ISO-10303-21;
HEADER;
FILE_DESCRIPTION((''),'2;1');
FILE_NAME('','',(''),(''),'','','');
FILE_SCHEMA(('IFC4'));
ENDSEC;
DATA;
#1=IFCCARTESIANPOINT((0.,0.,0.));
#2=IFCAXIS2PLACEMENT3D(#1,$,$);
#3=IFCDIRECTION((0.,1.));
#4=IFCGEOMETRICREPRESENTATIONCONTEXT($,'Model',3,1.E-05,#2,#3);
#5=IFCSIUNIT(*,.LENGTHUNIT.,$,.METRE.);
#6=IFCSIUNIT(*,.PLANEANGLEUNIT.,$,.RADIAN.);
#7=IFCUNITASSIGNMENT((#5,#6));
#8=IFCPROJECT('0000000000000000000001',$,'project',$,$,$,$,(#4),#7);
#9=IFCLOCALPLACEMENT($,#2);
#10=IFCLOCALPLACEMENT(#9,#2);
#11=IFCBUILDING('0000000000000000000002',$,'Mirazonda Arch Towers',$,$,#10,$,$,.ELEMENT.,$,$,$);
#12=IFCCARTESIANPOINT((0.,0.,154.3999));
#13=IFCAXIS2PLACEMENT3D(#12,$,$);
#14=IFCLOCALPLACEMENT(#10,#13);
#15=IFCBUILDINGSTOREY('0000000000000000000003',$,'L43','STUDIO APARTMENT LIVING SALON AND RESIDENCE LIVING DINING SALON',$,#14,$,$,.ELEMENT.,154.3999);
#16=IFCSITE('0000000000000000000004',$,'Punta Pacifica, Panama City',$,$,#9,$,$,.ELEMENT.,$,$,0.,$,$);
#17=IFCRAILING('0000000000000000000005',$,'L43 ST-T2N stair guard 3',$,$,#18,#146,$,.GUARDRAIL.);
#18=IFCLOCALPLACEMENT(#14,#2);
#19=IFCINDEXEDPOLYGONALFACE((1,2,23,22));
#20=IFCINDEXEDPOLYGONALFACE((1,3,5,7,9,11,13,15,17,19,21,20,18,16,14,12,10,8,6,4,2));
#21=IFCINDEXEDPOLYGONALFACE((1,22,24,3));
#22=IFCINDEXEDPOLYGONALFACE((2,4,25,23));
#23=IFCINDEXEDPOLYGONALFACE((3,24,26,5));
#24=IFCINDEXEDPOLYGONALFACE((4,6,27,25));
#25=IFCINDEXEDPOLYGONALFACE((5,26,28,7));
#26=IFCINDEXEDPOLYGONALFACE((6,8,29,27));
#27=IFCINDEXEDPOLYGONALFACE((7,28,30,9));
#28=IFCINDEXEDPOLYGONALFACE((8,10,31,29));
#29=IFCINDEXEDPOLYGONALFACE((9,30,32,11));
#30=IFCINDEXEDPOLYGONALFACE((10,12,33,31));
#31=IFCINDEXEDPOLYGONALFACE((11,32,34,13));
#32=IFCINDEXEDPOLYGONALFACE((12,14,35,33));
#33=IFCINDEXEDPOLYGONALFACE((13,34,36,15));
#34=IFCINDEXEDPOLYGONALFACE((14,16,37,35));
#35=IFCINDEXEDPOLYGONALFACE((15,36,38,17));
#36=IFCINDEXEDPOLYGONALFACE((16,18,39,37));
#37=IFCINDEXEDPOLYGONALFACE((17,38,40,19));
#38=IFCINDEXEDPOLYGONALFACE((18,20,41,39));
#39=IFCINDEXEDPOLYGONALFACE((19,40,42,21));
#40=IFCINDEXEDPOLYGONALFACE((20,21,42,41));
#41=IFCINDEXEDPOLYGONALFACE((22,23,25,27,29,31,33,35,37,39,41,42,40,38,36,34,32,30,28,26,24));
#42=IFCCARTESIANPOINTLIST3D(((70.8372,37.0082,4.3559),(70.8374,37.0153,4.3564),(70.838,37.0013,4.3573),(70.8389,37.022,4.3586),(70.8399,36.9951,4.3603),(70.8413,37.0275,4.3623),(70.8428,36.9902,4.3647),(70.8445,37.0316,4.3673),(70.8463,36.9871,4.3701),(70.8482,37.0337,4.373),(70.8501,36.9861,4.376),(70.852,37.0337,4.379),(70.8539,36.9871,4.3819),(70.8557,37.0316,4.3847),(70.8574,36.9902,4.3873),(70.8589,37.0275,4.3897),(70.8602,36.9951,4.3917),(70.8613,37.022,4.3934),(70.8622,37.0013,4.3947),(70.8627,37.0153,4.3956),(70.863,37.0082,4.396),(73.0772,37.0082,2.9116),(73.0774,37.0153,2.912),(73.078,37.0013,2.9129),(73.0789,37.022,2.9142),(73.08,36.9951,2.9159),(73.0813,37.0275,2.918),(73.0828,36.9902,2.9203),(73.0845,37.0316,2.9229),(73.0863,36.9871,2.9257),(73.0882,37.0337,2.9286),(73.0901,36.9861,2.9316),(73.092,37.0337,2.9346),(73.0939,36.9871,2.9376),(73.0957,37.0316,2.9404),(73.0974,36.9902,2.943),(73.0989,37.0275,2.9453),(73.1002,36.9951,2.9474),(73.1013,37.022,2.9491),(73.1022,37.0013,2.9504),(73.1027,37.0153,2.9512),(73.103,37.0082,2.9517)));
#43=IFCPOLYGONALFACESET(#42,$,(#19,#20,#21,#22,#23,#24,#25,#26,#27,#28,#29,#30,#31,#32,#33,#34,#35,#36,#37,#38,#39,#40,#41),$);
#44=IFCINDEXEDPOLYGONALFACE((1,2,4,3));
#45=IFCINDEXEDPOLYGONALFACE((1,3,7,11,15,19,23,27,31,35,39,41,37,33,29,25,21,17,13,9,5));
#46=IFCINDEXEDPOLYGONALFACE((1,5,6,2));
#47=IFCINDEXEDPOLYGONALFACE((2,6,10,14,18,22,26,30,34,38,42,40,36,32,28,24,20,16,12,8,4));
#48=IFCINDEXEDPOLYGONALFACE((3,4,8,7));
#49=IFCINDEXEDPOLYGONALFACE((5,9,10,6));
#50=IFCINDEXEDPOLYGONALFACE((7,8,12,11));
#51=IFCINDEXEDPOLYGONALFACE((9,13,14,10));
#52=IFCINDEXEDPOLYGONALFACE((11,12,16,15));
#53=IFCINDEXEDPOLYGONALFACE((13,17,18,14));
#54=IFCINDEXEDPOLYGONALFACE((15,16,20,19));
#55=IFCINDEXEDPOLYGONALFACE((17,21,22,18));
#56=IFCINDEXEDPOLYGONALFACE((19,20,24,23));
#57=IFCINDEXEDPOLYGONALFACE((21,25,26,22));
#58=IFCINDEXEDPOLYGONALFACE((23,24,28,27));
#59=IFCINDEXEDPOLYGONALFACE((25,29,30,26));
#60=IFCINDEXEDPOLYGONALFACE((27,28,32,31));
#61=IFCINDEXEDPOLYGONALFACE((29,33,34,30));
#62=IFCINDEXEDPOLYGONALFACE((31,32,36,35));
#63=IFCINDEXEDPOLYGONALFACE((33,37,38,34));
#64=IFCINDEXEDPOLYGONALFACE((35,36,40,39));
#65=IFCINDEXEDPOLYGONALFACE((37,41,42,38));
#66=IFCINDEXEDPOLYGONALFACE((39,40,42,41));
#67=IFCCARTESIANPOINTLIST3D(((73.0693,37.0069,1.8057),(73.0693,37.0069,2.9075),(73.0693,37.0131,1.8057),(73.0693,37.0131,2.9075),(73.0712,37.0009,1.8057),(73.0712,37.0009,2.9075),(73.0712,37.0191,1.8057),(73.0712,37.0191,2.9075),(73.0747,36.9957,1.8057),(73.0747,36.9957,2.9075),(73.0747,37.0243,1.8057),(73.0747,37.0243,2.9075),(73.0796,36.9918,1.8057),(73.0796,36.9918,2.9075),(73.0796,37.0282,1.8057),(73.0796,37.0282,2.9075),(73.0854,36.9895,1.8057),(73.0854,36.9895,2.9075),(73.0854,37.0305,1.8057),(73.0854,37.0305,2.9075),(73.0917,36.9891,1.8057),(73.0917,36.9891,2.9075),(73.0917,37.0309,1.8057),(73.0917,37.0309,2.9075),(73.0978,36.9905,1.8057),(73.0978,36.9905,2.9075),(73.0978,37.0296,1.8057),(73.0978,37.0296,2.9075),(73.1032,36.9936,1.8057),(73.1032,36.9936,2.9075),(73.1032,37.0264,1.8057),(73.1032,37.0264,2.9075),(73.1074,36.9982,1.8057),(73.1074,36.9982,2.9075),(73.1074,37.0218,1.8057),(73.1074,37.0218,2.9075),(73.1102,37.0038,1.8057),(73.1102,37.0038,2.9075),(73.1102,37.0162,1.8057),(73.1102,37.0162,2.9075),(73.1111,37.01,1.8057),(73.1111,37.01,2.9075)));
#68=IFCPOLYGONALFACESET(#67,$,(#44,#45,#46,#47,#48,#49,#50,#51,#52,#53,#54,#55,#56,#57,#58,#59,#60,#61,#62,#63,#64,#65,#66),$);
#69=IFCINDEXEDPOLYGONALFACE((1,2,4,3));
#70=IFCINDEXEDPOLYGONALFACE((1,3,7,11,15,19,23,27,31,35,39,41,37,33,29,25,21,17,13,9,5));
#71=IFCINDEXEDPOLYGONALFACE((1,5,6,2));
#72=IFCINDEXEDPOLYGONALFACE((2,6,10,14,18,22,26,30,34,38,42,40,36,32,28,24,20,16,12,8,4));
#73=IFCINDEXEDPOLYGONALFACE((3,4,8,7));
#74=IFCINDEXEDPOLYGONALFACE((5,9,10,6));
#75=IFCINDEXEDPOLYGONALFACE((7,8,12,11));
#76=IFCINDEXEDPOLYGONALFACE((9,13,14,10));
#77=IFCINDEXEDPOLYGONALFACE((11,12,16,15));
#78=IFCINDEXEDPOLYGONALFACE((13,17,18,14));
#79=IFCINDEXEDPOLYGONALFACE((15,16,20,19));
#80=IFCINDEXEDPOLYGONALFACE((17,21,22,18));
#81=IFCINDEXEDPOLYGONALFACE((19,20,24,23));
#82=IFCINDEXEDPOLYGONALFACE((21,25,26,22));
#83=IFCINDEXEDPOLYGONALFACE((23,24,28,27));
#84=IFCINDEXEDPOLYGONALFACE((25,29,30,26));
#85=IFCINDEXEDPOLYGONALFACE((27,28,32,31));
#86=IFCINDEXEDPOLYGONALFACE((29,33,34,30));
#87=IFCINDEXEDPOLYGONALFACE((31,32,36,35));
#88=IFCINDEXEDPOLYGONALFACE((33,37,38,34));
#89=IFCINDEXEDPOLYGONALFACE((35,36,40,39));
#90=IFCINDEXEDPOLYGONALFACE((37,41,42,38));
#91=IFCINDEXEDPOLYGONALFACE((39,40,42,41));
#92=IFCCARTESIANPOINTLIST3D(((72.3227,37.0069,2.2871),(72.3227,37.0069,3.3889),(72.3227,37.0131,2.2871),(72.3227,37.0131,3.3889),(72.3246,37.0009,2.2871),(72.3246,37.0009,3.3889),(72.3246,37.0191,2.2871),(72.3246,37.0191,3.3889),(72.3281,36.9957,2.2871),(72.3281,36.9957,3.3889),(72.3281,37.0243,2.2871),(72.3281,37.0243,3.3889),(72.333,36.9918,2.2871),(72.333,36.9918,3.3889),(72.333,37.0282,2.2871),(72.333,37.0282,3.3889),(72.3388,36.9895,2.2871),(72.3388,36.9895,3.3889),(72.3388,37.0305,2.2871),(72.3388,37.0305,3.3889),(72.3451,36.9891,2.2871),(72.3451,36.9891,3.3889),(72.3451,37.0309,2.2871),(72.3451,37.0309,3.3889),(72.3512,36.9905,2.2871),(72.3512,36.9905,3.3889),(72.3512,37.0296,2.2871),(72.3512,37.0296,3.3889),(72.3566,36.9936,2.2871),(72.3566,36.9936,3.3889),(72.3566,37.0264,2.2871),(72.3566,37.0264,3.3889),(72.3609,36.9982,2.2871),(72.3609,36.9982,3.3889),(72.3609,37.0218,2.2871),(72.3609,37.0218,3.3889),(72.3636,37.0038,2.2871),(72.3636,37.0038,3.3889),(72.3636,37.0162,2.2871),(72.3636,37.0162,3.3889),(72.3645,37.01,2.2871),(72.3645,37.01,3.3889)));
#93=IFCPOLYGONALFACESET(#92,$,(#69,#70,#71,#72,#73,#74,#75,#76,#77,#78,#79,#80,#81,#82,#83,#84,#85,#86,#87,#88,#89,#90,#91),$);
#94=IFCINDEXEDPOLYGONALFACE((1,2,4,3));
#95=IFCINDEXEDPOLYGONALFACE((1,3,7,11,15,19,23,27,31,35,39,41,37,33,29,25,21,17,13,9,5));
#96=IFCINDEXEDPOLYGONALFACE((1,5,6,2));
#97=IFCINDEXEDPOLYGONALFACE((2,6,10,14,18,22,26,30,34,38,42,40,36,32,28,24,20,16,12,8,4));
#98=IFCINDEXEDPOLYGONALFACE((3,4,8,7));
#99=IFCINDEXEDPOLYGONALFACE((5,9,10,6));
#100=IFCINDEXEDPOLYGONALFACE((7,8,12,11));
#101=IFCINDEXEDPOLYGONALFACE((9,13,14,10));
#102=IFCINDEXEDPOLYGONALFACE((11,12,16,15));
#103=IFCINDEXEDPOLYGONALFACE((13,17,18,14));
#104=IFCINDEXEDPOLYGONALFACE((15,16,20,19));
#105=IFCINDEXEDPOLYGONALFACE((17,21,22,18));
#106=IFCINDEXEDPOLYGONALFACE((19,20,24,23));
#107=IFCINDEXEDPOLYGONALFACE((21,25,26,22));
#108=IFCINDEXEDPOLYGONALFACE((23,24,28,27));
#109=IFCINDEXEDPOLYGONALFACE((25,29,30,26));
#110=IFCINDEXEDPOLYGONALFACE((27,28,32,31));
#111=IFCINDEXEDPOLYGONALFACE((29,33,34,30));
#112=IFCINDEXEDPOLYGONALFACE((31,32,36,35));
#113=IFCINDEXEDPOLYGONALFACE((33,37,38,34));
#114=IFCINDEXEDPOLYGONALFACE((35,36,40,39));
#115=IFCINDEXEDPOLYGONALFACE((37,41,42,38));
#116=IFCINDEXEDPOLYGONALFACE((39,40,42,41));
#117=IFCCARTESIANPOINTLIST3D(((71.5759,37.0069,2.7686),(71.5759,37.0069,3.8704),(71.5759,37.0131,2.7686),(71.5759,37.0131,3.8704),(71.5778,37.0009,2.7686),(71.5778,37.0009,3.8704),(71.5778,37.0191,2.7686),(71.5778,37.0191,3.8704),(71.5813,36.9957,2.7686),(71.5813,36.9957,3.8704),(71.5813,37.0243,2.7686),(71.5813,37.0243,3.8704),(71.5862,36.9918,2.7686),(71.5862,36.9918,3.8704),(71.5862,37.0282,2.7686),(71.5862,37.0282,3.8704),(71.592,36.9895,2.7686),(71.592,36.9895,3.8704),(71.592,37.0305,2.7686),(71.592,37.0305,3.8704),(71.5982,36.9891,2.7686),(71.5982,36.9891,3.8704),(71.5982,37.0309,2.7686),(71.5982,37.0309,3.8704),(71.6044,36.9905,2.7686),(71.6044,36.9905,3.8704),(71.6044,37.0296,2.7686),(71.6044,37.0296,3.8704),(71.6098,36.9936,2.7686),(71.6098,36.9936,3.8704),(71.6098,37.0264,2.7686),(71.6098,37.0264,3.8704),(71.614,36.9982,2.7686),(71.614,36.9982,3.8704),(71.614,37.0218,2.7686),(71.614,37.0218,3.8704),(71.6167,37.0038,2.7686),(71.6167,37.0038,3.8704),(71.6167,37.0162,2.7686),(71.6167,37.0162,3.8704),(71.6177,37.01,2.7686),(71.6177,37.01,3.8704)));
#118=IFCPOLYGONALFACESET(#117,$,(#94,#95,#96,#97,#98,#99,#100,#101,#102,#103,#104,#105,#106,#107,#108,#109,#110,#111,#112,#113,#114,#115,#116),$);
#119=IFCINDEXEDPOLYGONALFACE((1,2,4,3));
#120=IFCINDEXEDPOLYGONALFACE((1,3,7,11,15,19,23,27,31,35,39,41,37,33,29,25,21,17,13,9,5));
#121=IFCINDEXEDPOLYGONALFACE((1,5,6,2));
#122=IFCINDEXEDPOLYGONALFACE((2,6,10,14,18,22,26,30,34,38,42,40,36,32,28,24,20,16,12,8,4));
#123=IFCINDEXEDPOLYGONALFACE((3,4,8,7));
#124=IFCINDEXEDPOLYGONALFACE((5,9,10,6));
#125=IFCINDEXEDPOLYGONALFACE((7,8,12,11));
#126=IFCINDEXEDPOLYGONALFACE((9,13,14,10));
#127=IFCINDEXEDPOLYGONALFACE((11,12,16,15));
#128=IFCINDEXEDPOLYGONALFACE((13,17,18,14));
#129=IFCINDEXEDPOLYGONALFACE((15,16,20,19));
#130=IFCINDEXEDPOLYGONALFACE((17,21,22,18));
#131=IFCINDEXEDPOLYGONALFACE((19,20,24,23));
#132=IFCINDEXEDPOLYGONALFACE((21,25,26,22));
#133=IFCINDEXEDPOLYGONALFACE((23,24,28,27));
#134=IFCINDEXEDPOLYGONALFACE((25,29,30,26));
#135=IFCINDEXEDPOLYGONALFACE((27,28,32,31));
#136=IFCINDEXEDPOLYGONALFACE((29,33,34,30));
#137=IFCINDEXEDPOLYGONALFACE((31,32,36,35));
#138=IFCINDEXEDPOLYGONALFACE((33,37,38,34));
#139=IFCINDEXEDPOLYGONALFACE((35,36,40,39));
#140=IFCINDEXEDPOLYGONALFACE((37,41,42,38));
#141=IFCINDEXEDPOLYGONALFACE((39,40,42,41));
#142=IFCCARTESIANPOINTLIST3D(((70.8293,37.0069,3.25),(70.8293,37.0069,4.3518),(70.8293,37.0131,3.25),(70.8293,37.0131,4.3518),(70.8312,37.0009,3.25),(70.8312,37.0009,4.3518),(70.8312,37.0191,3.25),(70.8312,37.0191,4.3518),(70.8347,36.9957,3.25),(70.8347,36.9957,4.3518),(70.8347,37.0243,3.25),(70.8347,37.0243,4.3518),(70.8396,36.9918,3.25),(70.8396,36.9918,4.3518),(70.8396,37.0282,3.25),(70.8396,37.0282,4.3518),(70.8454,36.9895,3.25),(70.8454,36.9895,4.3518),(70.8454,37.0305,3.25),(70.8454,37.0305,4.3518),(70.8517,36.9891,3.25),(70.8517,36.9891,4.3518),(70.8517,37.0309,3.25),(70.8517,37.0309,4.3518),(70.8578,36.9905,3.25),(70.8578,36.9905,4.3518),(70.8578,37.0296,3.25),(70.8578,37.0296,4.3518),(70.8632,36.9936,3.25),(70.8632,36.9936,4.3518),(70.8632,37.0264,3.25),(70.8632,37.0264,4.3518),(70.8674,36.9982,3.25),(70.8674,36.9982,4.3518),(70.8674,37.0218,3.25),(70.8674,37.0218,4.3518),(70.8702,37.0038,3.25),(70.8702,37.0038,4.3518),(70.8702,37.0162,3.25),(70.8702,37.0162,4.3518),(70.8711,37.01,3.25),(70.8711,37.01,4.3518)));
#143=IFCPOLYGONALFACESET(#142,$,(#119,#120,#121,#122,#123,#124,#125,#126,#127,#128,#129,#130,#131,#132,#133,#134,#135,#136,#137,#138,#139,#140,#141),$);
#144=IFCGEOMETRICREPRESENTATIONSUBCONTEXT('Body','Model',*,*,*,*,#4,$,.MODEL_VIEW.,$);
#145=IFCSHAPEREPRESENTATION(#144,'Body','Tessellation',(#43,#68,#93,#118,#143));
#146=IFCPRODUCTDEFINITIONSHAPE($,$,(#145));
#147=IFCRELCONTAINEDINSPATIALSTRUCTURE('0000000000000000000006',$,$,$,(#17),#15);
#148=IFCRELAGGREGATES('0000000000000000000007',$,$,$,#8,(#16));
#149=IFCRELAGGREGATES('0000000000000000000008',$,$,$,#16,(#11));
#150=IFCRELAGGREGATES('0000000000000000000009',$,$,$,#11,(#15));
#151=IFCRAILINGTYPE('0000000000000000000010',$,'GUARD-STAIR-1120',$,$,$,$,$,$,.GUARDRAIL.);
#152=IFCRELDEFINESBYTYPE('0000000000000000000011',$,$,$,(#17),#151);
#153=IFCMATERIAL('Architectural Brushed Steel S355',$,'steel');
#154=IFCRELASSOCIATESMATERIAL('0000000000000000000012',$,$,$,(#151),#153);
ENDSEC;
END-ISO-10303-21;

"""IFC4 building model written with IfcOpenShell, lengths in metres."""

from ifc_helpers import new_model, si_unit, direction, frame, origin, origin_2d, place, context, subcontext, project, spatial, circle, extrude, material, type_object, element, save


model = new_model("IFC4")

# Units and contexts
model_context = context("Model", 3, precision=1e-05, world=origin(), true_north=direction((0.0, 1.0)))
body_context = subcontext(model_context, "Body", "Model", "MODEL_VIEW")
ifc_project = project(units=[si_unit("LENGTHUNIT", "METRE"), si_unit("PLANEANGLEUNIT", "RADIAN")], contexts=[model_context])

# Site, building, storey
site_placement = place(None, origin())
site = spatial("IfcSite", under=ifc_project, at=site_placement, Name="Punta Pacifica, Panama City", CompositionType="ELEMENT", RefElevation=0.0)
building_placement = place(site_placement, origin())
building = spatial("IfcBuilding", under=site, at=building_placement, Name="Mirazonda Arch Towers", CompositionType="ELEMENT")
storey_placement = place(building_placement, frame((0.0, 0.0, 154.3999)))
storey = spatial("IfcBuildingStorey", under=building, at=storey_placement, Name="L43", Description="STUDIO APARTMENT LIVING SALON AND RESIDENCE LIVING DINING SALON", CompositionType="ELEMENT", Elevation=154.3999)

# Shared definitions
ifc_material_1 = material(Name="Architectural Brushed Steel S355", Category="steel")

# Railing
railing_type_1 = type_object("IfcRailingType", Name="GUARD-STAIR-1120", PredefinedType="GUARDRAIL", material=ifc_material_1)
railing_1_placement = place(storey_placement, frame((73.0901, 37.01, 1.8057)))
element("IfcRailing", 1, at=railing_1_placement, inside=storey, type_object=railing_type_1, Name="L43 ST-T2N stair guard 3", PredefinedType="GUARDRAIL", context=body_context, shape_type="SweptSolid", body=[
    extrude(circle(Radius=0.0239, at=origin_2d()), frame((0.0, 0.0, 1.126), z_axis=(-0.840437, 0.0, 0.54191), x_axis=(0.0, -1.0, 0.0)), (0.0, 0.0, 1.0), 2.6653),
    extrude(circle(Radius=0.021, at=origin_2d()), origin(), (0.0, 0.0, 1.0), 1.1018),
    extrude(circle(Radius=0.021, at=origin_2d()), frame((-0.7466, 0.0, 0.4814)), (0.0, 0.0, 1.0), 1.1018),
    extrude(circle(Radius=0.021, at=origin_2d()), frame((-1.4934, 0.0, 0.9629)), (0.0, 0.0, 1.0), 1.1018),
    extrude(circle(Radius=0.021, at=origin_2d()), frame((-2.24, 0.0, 1.4443)), (0.0, 0.0, 1.0), 1.1018),
])

save(model, "model.ifc")
